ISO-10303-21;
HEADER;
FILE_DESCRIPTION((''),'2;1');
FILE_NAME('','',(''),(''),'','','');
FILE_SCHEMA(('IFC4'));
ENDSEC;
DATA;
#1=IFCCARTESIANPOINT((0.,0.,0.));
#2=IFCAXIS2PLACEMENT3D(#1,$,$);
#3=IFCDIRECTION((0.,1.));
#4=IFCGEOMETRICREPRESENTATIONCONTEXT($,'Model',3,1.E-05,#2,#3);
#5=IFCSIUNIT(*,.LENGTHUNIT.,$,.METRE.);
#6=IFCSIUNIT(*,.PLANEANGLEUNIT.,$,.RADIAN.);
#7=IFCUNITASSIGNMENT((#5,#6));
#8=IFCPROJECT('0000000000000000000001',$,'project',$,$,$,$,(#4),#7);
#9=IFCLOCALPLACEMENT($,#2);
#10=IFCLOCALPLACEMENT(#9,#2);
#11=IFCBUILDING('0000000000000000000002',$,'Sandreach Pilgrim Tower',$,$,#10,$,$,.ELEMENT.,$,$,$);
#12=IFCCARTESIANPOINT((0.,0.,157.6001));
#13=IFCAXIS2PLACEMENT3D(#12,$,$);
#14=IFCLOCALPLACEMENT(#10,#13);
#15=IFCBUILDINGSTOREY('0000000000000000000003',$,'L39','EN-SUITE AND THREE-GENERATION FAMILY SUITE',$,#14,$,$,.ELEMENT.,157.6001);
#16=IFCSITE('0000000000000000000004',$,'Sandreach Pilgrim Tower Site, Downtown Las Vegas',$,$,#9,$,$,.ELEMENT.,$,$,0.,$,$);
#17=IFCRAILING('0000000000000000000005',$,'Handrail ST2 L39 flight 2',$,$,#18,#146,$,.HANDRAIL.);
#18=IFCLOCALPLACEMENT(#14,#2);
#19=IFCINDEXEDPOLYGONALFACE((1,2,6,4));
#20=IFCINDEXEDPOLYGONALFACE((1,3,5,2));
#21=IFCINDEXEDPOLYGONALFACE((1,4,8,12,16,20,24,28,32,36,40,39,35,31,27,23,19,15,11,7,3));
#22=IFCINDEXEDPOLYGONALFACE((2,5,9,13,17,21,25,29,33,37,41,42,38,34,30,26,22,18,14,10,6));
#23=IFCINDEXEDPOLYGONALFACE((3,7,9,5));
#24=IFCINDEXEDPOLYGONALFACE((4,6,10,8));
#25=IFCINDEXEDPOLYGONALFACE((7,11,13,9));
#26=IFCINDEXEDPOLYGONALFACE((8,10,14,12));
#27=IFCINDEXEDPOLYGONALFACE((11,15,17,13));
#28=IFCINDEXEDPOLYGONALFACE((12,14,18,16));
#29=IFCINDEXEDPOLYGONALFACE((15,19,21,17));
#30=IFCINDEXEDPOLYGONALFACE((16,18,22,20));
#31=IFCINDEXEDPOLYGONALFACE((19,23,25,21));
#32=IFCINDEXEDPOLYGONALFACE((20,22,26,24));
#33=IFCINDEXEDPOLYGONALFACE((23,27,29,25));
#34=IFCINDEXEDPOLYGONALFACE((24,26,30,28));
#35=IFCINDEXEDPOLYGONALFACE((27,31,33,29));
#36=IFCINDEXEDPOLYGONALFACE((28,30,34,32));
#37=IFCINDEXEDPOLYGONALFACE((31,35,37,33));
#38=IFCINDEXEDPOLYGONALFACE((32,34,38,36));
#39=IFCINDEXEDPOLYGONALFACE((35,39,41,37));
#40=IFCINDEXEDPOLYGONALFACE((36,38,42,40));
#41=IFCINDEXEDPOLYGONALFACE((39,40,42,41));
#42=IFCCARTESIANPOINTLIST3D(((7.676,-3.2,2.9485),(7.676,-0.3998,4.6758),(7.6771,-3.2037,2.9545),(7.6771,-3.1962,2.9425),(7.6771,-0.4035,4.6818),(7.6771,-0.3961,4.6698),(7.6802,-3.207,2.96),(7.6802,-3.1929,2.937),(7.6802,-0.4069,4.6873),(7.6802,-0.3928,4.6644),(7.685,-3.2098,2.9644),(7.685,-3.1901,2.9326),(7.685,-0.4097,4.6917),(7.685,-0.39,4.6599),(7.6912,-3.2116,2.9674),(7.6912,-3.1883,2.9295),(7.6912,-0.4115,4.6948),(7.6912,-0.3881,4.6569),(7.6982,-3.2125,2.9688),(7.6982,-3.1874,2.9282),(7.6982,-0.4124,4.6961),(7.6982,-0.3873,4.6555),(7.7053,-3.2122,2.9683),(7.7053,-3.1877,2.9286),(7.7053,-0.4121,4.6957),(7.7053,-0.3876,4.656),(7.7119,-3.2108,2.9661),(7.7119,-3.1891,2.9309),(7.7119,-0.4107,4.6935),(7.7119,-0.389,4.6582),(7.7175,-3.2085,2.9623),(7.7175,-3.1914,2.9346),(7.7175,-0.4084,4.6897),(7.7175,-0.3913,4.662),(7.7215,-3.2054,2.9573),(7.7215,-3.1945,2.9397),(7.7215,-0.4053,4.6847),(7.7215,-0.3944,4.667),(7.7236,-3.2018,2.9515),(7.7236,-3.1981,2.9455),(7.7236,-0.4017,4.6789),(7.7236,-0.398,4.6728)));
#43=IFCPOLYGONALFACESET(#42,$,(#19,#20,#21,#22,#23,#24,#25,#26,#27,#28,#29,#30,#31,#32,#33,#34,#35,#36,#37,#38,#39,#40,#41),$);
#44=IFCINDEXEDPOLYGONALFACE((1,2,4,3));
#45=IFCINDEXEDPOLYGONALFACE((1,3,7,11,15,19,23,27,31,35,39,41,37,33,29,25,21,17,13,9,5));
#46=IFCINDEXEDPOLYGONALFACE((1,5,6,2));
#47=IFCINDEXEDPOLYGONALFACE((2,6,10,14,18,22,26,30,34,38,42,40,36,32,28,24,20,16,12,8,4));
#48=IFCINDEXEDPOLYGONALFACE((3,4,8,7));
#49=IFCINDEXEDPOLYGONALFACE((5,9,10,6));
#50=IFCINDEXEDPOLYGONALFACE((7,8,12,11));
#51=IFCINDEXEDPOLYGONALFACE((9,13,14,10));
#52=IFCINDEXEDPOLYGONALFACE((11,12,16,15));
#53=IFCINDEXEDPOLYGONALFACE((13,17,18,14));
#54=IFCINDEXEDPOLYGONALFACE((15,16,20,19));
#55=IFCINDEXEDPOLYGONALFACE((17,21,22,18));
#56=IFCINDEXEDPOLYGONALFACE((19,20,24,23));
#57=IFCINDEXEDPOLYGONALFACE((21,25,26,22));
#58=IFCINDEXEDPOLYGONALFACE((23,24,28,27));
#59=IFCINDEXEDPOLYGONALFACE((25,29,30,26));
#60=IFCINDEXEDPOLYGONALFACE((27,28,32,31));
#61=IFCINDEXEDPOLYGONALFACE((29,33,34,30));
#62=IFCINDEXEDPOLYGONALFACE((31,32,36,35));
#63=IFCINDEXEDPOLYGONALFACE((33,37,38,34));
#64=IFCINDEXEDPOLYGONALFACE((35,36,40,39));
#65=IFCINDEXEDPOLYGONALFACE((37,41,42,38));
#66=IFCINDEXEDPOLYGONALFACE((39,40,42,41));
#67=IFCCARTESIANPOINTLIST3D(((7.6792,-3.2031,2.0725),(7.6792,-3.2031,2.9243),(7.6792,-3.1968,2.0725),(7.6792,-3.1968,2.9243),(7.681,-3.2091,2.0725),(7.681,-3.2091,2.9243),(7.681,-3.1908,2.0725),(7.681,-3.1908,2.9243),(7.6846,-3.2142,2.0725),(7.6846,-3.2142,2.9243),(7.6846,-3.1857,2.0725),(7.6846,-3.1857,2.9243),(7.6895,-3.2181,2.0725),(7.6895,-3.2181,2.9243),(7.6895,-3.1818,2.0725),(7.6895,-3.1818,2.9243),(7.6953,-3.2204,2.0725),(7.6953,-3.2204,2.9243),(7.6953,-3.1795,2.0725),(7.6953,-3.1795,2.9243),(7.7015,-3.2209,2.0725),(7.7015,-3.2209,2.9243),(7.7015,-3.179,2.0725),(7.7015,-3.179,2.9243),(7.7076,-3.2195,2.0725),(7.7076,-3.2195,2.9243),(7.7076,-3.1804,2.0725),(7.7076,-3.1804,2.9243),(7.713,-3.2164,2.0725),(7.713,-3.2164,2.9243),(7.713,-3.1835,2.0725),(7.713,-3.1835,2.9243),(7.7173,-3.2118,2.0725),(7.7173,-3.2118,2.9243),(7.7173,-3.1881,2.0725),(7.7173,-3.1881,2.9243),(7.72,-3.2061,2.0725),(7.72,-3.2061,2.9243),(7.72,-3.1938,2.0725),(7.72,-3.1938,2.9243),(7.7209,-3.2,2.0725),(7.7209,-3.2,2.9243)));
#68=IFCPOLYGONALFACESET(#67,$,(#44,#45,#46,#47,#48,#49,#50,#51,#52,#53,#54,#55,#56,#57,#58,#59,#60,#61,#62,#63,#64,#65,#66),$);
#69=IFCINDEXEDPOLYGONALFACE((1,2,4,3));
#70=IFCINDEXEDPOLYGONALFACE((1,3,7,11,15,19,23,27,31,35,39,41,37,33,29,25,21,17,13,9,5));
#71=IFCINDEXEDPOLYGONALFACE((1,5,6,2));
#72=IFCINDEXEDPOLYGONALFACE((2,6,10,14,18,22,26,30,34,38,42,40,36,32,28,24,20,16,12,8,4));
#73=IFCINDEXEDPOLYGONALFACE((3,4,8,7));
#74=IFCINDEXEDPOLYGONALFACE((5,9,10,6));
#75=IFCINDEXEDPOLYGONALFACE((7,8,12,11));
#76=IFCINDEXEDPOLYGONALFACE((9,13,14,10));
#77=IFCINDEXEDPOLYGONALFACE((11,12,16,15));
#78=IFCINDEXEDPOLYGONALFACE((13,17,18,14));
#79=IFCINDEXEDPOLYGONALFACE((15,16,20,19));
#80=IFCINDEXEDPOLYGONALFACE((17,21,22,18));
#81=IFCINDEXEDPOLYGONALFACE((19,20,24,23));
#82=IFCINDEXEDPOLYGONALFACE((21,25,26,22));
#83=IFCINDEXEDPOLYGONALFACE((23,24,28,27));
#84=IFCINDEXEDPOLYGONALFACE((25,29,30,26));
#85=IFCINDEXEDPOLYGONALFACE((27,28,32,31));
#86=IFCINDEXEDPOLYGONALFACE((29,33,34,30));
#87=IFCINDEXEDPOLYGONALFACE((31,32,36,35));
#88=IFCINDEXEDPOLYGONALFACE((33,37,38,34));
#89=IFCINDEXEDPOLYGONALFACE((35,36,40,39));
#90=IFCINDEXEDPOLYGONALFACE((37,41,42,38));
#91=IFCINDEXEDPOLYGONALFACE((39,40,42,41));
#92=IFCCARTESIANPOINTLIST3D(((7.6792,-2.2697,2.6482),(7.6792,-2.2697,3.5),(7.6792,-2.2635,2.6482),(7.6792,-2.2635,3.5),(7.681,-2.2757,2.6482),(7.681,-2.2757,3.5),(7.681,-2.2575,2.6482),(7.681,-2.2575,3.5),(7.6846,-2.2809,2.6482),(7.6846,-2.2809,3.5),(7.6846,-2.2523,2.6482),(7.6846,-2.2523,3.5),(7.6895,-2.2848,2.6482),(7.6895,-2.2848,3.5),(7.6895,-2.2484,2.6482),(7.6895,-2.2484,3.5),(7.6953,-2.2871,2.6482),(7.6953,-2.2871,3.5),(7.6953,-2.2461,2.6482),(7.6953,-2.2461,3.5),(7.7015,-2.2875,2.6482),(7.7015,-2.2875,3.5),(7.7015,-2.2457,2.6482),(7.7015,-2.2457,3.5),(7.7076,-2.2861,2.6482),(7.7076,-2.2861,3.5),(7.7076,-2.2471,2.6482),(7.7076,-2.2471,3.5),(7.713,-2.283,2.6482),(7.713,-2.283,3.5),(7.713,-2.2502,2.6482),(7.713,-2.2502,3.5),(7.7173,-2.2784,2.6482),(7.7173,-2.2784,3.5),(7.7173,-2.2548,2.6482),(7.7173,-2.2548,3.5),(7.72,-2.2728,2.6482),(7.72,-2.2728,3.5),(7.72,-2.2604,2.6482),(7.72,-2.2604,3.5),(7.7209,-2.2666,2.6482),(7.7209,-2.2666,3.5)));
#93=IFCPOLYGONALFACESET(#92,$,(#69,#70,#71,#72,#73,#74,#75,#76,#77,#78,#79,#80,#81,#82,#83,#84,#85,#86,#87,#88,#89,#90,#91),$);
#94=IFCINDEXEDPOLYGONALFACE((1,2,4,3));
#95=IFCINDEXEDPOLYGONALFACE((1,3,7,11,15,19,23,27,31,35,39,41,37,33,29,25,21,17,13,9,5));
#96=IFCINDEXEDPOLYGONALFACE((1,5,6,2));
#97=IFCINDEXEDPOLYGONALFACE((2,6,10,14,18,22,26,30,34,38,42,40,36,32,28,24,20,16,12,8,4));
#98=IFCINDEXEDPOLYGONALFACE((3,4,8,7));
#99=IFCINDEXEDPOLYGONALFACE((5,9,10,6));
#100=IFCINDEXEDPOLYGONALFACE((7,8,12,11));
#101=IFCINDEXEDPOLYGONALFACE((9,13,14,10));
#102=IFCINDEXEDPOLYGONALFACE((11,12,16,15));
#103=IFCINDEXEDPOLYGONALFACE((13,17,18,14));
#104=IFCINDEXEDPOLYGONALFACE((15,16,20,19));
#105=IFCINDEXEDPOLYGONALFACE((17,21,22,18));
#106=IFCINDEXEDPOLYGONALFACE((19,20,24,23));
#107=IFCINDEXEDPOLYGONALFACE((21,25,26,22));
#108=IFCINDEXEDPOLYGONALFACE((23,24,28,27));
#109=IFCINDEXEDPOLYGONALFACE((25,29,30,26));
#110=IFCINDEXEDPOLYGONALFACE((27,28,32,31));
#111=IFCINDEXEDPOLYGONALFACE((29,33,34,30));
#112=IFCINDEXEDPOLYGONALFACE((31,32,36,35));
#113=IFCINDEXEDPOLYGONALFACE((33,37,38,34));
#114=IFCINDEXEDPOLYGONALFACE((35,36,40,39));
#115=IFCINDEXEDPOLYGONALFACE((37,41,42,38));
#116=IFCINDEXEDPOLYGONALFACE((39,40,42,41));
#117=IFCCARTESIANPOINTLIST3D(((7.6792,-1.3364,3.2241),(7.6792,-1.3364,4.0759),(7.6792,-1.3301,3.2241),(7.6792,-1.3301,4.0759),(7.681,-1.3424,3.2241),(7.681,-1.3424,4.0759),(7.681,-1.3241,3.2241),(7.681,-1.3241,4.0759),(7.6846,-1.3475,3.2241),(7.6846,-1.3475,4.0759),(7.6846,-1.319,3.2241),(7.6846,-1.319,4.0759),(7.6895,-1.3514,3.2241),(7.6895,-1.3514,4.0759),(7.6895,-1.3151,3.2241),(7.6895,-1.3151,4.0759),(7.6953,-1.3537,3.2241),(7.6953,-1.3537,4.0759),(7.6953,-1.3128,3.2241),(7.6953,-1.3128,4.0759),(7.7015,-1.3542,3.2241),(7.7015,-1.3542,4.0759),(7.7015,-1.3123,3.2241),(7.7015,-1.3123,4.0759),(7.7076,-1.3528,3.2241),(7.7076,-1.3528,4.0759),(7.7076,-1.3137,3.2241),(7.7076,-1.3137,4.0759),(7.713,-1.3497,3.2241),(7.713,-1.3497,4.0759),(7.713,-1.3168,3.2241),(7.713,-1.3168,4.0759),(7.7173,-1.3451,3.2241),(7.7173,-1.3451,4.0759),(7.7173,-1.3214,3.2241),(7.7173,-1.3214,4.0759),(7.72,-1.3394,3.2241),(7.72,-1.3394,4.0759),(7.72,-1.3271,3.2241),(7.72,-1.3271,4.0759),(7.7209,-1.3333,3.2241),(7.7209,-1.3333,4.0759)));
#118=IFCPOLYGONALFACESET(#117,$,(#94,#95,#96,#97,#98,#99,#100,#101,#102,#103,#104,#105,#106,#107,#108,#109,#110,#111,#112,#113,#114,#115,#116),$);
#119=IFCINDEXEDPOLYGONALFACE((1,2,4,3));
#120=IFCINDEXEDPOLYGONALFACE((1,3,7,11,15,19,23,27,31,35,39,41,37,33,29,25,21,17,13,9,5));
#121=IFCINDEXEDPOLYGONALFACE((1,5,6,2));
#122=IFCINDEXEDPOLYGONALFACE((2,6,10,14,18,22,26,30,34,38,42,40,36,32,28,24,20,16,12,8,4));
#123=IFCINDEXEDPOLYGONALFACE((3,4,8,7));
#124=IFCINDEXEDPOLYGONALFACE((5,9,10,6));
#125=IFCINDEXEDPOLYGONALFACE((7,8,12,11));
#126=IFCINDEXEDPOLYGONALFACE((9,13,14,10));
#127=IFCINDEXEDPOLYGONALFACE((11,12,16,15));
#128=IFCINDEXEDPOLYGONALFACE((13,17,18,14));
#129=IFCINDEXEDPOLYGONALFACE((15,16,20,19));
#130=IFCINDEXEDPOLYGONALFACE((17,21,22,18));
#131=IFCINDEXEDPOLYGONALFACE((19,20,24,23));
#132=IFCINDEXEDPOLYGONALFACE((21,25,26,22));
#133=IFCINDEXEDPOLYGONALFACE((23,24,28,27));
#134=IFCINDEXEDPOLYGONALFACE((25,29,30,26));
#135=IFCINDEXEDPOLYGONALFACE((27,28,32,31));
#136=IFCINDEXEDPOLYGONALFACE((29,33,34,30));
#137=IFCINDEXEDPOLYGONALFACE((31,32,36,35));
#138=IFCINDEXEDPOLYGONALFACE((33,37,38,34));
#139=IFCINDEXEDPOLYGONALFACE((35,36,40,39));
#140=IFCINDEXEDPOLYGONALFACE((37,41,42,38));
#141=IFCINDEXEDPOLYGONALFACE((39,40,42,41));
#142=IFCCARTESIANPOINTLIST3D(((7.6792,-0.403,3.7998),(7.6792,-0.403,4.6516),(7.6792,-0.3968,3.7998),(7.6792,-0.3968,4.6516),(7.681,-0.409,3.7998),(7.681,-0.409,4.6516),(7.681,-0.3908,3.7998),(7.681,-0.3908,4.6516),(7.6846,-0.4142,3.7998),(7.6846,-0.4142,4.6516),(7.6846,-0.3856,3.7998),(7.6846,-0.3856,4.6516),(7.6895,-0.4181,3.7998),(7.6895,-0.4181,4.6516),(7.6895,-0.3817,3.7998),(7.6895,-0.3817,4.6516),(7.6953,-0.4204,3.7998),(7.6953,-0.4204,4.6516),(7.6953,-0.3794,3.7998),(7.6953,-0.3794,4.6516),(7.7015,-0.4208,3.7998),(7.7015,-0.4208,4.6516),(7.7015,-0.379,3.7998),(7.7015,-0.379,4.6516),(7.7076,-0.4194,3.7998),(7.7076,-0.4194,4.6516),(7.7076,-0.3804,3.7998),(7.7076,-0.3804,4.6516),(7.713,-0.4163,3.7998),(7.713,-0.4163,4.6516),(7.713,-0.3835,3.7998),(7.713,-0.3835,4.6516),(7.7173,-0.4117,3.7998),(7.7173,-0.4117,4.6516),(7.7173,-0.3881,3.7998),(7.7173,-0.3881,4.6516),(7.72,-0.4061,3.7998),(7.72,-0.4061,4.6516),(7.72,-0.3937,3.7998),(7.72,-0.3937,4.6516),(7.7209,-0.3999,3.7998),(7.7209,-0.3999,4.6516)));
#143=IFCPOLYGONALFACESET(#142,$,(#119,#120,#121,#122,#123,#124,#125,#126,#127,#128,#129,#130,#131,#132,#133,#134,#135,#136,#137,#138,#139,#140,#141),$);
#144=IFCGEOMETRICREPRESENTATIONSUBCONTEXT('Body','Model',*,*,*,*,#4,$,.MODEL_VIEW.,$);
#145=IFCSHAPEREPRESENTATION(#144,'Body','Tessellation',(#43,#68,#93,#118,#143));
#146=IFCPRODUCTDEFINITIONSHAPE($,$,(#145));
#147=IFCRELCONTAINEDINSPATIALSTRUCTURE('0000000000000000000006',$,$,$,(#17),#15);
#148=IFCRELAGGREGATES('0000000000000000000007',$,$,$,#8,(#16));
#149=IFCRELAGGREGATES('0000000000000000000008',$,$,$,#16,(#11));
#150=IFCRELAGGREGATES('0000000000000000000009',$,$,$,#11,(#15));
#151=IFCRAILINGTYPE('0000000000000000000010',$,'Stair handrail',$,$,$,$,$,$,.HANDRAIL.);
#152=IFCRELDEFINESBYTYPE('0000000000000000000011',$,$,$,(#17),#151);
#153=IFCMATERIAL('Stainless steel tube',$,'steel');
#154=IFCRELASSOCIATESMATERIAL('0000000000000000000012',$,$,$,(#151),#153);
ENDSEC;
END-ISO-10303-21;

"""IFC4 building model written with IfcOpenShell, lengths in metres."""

from ifc_helpers import new_model, si_unit, direction, frame, origin, origin_2d, place, context, subcontext, project, spatial, circle, extrude, material, type_object, element, save


model = new_model("IFC4")

# Units and contexts
model_context = context("Model", 3, precision=1e-05, world=origin(), true_north=direction((0.0, 1.0)))
body_context = subcontext(model_context, "Body", "Model", "MODEL_VIEW")
ifc_project = project(units=[si_unit("LENGTHUNIT", "METRE"), si_unit("PLANEANGLEUNIT", "RADIAN")], contexts=[model_context])

# Site, building, storey
site_placement = place(None, origin())
site = spatial("IfcSite", under=ifc_project, at=site_placement, Name="Sandreach Pilgrim Tower Site, Downtown Las Vegas", CompositionType="ELEMENT", RefElevation=0.0)
building_placement = place(site_placement, origin())
building = spatial("IfcBuilding", under=site, at=building_placement, Name="Sandreach Pilgrim Tower", CompositionType="ELEMENT")
storey_placement = place(building_placement, frame((0.0, 0.0, 157.6001)))
storey = spatial("IfcBuildingStorey", under=building, at=storey_placement, Name="L39", Description="EN-SUITE AND THREE-GENERATION FAMILY SUITE", CompositionType="ELEMENT", Elevation=157.6001)

# Railing
ifc_material_1 = material(Name="Stainless steel tube", Category="steel")
railing_type = type_object("IfcRailingType", Name="Stair handrail", PredefinedType="HANDRAIL", material=ifc_material_1)
for number, where, name in (
    (1, (7.7, -3.2, 2.0725), "Handrail ST2 L39 flight 2"),
):
    element("IfcRailing", number, at=place(storey_placement, frame(where)), inside=storey, type_object=railing_type, Name=name, PredefinedType="HANDRAIL", context=body_context, shape_type="SweptSolid", body=[
        extrude(circle(Radius=0.0239, at=origin_2d()), frame((0.0, 0.0, 0.876), z_axis=(0.0, 0.85109, 0.52502), x_axis=(-1.0, 0.0, 0.0)), (0.0, 0.0, 1.0), 3.29),
        extrude(circle(Radius=0.021, at=origin_2d()), origin(), (0.0, 0.0, 1.0), 0.8518),
        extrude(circle(Radius=0.021, at=origin_2d()), frame((0.0, 0.9333, 0.5757)), (0.0, 0.0, 1.0), 0.8518),
        extrude(circle(Radius=0.021, at=origin_2d()), frame((0.0, 1.8667, 1.1516)), (0.0, 0.0, 1.0), 0.8518),
        extrude(circle(Radius=0.021, at=origin_2d()), frame((0.0, 2.8, 1.7273)), (0.0, 0.0, 1.0), 0.8518),
    ])

save(model, "model.ifc")
